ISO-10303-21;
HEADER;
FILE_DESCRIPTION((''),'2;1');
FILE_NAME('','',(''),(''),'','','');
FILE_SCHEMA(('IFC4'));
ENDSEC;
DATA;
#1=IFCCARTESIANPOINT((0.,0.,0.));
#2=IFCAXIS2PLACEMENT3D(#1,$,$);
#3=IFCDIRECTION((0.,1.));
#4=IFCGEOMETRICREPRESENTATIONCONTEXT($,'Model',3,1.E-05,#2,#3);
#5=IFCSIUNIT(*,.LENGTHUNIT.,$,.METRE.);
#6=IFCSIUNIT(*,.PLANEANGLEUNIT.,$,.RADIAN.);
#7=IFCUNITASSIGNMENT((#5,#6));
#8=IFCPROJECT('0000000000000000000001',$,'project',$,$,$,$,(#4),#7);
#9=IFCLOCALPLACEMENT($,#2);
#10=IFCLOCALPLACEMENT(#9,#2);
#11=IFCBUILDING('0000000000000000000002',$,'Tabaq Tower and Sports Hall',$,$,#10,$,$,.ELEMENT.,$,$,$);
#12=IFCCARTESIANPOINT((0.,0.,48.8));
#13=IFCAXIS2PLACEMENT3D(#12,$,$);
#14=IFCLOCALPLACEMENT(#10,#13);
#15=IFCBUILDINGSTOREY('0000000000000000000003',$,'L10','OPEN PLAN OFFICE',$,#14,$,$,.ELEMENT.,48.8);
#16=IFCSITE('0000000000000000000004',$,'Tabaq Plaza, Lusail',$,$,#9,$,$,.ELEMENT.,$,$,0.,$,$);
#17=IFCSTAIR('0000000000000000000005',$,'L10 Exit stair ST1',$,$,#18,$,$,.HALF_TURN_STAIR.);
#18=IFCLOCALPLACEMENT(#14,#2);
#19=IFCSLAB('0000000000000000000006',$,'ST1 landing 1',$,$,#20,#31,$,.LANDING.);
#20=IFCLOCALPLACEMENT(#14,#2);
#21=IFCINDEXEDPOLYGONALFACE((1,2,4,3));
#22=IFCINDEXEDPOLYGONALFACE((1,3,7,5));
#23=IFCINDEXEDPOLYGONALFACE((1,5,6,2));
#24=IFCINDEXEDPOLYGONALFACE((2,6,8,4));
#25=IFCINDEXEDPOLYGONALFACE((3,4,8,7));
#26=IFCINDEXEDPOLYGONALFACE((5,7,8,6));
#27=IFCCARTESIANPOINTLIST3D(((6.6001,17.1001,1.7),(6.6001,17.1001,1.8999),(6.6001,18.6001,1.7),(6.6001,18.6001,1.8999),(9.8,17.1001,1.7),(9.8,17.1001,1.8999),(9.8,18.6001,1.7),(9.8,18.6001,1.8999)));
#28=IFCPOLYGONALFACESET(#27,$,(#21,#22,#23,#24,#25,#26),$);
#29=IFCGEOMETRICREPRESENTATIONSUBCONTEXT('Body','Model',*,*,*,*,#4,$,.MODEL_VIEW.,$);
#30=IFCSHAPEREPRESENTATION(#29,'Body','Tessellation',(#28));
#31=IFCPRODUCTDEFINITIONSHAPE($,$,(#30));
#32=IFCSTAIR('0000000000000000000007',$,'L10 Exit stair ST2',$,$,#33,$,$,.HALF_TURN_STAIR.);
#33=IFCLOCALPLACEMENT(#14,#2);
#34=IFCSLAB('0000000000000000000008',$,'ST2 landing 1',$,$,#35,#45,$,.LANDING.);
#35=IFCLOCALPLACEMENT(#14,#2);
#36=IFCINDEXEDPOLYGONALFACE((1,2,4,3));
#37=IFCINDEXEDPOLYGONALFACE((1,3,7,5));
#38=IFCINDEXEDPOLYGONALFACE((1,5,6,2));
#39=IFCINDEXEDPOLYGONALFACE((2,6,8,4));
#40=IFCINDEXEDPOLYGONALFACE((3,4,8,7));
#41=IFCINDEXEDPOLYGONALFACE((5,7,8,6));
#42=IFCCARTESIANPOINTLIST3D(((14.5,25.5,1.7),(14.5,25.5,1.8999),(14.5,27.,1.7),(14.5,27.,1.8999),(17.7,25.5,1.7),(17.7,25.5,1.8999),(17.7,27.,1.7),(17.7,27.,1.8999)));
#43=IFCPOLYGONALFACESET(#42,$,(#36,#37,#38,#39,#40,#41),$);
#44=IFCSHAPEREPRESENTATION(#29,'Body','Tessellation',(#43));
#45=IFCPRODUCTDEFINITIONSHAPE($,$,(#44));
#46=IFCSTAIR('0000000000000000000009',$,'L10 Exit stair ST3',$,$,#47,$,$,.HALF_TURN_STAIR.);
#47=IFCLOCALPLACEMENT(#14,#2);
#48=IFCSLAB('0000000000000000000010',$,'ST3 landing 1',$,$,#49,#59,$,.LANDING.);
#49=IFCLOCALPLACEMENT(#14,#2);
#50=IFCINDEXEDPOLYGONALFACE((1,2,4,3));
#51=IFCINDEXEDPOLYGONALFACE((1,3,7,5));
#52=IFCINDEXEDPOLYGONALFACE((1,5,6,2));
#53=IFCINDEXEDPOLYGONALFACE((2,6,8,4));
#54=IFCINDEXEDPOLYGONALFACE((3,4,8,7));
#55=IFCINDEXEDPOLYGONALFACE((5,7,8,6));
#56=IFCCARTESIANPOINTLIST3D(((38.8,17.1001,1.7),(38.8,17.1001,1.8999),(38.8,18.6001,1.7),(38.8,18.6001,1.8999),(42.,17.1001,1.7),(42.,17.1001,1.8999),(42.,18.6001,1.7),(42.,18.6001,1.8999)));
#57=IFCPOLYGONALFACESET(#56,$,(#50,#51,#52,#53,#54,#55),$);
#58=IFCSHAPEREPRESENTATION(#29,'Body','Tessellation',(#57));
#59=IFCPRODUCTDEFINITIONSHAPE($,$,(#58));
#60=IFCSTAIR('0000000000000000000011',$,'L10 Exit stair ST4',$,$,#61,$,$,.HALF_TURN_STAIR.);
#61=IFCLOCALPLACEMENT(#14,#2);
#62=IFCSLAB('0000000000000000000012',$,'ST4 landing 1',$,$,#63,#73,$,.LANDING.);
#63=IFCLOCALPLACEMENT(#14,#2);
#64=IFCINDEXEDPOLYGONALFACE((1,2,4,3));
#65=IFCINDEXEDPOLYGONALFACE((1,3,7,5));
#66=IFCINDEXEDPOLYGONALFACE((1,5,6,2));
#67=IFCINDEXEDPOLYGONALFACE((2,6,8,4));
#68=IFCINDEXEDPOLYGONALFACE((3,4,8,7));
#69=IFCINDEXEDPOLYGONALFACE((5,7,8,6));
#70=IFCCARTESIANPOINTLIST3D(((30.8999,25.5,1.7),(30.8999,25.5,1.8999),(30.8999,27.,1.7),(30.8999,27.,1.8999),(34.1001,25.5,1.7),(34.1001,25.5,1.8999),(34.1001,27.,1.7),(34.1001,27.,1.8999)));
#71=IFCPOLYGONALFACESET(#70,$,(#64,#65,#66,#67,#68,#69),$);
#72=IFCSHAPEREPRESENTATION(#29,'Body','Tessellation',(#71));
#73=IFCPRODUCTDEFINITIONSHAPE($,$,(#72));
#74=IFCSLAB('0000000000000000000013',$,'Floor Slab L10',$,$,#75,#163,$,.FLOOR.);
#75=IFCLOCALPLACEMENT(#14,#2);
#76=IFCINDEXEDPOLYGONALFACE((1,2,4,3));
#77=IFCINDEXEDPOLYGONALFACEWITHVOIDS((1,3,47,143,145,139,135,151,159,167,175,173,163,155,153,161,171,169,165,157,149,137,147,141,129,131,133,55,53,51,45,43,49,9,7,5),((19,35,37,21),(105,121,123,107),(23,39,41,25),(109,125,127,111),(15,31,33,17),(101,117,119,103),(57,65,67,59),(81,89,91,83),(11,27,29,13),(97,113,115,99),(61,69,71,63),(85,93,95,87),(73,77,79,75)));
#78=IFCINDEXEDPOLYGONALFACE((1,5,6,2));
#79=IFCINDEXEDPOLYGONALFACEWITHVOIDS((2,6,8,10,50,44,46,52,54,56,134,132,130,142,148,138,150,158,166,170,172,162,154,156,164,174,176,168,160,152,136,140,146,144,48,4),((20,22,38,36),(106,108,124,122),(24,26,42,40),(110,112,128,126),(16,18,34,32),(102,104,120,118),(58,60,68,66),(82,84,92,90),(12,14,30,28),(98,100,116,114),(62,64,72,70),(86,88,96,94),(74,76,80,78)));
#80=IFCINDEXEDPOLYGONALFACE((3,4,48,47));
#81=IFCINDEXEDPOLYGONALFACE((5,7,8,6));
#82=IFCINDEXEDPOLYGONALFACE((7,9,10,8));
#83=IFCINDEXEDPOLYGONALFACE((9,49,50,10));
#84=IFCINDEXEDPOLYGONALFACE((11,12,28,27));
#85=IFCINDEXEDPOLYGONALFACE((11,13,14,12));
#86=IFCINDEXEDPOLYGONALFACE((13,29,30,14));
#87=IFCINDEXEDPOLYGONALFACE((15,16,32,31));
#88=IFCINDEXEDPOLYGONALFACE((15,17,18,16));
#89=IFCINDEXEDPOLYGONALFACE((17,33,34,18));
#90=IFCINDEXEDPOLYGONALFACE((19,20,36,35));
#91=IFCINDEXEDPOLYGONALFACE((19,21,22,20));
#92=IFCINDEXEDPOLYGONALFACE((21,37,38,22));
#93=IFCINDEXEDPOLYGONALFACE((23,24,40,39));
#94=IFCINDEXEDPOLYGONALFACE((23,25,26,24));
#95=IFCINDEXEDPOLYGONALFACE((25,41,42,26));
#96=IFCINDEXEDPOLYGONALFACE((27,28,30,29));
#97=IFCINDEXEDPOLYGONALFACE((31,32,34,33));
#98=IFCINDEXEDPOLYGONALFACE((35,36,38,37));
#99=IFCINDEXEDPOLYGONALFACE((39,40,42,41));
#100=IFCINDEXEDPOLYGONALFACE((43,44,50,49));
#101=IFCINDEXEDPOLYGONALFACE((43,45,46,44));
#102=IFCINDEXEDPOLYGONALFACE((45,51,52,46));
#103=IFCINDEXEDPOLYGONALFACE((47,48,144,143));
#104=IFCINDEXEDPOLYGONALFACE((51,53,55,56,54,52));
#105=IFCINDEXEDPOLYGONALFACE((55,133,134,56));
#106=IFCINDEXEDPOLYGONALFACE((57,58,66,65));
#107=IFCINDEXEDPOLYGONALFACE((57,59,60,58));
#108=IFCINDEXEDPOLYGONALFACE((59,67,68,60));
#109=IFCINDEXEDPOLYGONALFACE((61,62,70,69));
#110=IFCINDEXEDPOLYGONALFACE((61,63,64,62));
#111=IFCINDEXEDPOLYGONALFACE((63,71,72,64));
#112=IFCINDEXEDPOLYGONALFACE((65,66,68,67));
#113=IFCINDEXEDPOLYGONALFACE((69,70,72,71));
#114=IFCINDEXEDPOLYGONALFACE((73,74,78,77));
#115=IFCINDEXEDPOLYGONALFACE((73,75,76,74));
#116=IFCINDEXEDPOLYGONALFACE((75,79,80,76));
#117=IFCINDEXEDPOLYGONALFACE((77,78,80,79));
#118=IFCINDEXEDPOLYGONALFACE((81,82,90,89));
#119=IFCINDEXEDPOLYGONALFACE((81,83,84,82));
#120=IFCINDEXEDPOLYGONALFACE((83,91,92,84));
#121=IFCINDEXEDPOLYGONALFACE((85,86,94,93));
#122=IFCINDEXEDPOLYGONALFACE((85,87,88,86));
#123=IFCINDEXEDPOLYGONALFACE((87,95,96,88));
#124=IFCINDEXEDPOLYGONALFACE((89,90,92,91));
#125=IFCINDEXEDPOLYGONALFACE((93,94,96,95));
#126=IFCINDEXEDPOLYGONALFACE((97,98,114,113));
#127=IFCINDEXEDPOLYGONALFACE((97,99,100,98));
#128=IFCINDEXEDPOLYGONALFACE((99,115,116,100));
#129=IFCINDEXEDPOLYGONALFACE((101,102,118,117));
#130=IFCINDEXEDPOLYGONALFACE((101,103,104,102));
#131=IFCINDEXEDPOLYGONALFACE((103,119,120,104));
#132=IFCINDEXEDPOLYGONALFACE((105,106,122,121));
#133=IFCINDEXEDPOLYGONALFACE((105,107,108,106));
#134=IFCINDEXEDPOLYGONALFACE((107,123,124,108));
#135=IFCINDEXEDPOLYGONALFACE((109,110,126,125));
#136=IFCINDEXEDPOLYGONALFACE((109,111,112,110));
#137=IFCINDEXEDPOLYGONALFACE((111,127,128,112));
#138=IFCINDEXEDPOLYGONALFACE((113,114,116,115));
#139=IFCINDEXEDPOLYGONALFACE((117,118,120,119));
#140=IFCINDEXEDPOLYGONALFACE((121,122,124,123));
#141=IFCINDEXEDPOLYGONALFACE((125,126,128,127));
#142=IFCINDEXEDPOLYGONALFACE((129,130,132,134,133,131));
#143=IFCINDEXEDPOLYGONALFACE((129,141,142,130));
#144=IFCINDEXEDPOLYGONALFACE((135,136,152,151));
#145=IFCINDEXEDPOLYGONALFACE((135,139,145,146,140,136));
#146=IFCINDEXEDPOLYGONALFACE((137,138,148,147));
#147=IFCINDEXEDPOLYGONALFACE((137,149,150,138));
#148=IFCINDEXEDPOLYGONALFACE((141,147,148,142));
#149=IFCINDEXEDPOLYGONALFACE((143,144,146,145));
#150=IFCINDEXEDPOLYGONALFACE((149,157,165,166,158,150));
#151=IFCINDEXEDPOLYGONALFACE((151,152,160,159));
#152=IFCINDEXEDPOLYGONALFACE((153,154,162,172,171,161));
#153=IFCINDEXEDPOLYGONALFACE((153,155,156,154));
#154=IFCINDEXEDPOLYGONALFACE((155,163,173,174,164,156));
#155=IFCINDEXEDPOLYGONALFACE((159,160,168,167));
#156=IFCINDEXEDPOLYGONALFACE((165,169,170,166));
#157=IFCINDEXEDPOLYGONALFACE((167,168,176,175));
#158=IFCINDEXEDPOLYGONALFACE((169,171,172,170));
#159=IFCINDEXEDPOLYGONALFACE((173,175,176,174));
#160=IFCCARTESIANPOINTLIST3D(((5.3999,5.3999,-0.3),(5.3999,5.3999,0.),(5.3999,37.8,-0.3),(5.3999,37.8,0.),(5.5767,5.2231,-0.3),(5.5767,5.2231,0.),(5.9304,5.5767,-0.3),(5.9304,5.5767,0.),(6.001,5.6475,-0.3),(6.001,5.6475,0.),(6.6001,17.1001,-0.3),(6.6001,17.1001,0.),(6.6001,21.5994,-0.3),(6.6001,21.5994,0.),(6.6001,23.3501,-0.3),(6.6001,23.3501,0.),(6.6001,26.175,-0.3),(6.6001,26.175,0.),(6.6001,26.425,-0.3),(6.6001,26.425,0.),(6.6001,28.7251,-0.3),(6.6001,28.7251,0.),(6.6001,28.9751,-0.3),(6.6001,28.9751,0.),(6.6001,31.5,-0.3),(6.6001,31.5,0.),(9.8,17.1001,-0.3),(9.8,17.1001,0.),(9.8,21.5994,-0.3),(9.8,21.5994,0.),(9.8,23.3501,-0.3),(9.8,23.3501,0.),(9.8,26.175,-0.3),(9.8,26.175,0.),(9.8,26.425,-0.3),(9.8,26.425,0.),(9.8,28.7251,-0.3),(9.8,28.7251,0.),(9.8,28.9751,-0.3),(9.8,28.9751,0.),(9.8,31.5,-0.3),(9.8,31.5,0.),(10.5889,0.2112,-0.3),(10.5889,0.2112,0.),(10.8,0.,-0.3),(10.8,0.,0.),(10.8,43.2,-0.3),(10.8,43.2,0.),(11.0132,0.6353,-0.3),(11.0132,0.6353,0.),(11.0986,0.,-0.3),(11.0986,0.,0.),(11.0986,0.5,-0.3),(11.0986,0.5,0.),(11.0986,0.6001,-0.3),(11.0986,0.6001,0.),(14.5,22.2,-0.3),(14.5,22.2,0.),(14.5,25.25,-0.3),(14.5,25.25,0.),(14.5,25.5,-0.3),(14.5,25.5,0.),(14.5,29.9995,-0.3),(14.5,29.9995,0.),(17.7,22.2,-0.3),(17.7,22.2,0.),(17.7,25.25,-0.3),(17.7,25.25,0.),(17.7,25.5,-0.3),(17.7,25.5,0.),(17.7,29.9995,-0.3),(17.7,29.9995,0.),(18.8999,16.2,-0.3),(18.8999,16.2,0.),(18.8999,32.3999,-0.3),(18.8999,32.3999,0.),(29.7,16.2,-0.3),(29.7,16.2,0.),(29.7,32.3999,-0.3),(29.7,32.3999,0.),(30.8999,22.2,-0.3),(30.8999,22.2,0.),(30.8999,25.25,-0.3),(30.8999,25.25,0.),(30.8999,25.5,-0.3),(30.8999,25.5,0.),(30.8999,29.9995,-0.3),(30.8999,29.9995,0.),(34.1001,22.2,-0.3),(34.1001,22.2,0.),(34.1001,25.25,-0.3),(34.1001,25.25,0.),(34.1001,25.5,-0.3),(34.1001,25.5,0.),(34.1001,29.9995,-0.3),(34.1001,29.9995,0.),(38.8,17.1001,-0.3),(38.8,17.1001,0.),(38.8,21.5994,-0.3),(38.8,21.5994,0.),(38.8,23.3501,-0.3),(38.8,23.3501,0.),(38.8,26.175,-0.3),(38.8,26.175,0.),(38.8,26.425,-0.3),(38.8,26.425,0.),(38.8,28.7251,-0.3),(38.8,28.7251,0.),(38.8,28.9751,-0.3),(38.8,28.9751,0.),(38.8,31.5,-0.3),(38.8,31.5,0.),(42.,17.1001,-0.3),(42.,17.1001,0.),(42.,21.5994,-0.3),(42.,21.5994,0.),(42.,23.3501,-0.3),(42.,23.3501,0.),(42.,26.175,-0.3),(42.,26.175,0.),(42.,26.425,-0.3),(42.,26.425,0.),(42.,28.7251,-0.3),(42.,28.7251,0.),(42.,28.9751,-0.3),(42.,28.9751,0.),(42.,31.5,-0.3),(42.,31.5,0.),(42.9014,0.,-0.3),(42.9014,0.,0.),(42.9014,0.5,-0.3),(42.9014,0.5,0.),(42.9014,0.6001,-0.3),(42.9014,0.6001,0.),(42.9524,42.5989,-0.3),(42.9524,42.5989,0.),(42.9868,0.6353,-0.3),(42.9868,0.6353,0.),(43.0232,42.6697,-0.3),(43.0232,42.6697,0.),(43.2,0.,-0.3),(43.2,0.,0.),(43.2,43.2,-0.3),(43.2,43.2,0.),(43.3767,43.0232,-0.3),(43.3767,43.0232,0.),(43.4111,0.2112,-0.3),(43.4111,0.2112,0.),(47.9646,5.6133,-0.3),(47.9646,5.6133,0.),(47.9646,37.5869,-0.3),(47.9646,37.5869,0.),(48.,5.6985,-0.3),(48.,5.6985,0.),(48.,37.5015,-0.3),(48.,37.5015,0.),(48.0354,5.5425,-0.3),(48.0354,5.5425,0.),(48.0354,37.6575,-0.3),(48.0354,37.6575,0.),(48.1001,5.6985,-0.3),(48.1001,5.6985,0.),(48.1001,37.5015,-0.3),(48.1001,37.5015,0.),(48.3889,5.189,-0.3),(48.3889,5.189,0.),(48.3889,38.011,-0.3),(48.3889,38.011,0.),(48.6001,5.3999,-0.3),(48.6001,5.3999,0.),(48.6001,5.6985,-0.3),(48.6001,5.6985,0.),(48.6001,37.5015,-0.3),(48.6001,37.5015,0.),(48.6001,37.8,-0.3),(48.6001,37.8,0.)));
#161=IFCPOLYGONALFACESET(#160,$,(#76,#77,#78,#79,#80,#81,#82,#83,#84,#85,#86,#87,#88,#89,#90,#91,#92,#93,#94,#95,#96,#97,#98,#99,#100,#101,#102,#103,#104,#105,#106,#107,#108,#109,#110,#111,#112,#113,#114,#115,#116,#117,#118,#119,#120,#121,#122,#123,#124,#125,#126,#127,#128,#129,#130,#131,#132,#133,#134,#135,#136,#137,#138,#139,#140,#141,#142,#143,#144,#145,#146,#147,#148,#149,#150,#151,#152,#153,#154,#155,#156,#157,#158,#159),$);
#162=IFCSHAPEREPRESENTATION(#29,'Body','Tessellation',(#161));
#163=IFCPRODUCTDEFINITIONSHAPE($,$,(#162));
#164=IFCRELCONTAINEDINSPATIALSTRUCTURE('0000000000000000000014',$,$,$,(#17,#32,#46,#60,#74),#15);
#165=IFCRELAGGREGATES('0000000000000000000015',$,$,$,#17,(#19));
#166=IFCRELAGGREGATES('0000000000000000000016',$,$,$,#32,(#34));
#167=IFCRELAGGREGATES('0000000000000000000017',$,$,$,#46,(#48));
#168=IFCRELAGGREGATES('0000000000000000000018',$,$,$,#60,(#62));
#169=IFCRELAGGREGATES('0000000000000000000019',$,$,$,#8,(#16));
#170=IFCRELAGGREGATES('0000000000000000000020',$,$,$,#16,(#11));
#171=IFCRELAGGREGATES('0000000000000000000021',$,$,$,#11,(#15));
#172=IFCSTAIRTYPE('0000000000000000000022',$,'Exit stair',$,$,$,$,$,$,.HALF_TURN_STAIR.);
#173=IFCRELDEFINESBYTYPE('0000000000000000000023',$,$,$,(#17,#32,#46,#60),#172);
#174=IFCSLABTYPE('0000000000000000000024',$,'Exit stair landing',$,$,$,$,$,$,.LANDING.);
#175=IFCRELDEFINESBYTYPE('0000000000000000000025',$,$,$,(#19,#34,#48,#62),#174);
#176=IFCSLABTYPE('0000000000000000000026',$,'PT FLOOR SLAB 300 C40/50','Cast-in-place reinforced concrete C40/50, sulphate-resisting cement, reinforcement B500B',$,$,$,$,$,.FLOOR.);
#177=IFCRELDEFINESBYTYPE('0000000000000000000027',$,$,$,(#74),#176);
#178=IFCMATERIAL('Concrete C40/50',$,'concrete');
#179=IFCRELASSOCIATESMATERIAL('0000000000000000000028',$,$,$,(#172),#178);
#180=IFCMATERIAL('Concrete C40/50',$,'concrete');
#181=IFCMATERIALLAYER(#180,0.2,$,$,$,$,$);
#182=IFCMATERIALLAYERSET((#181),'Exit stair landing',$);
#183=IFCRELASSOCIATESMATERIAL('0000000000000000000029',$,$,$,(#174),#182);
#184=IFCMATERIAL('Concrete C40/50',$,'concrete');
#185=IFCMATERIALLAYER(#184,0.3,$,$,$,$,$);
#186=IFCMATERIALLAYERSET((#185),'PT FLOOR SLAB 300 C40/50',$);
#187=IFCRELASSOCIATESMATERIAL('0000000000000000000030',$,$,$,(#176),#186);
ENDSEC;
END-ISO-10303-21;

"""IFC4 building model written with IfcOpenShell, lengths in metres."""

from ifc_helpers import new_model, si_unit, direction, frame, origin, place, context, subcontext, project, spatial, polyline, outline, extrude, material, layer, layer_set, type_object, element, aggregate, save


model = new_model("IFC4")

# Units and contexts
model_context = context("Model", 3, precision=1e-05, world=origin(), true_north=direction((0.0, 1.0)))
body_context = subcontext(model_context, "Body", "Model", "MODEL_VIEW")
ifc_project = project(units=[si_unit("LENGTHUNIT", "METRE"), si_unit("PLANEANGLEUNIT", "RADIAN")], contexts=[model_context])

# Site, building, storey
site_placement = place(None, origin())
site = spatial("IfcSite", under=ifc_project, at=site_placement, Name="Tabaq Plaza, Lusail", CompositionType="ELEMENT", RefElevation=0.0)
building_placement = place(site_placement, origin())
building = spatial("IfcBuilding", under=site, at=building_placement, Name="Tabaq Tower and Sports Hall", CompositionType="ELEMENT")
storey_placement = place(building_placement, frame((0.0, 0.0, 48.8)))
storey = spatial("IfcBuildingStorey", under=building, at=storey_placement, Name="L10", Description="OPEN PLAN OFFICE", CompositionType="ELEMENT", Elevation=48.8)

# Stairs, slabs
ifc_material_1 = material(Name="Concrete C40/50", Category="concrete")
stair_type = type_object("IfcStairType", Name="Exit stair", PredefinedType="HALF_TURN_STAIR", material=ifc_material_1)
stair_1_placement = place(storey_placement, origin())
stair_1 = element("IfcStair", 1, at=stair_1_placement, inside=storey, type_object=stair_type, Name="L10 Exit stair ST1", PredefinedType="HALF_TURN_STAIR")
ifc_material_2 = material(Name="Concrete C40/50", Category="concrete")
ifc_layer_1 = layer(ifc_material_2, 0.2)
ifc_layer_set_1 = layer_set([ifc_layer_1], Name="Exit stair landing")
slab_type_1 = type_object("IfcSlabType", Name="Exit stair landing", PredefinedType="LANDING", material=ifc_layer_set_1)
slab_1_placement = place(storey_placement, frame((0.0, 0.0, 1.7)))
slab_1 = element("IfcSlab", 2, at=slab_1_placement, type_object=slab_type_1, Name="ST1 landing 1", PredefinedType="LANDING", context=body_context, shape_type="SweptSolid", body=[
    extrude(outline(polyline([(6.6001, 18.6001), (6.6001, 17.1001), (9.8, 17.1001), (9.8, 18.6001), (6.6001, 18.6001)])), origin(), (0.0, 0.0, 1.0), 0.2),
])
aggregate(stair_1, [slab_1])
stair_2_placement = place(storey_placement, origin())
stair_2 = element("IfcStair", 3, at=stair_2_placement, inside=storey, type_object=stair_type, Name="L10 Exit stair ST2", PredefinedType="HALF_TURN_STAIR")
slab_2_placement = place(storey_placement, frame((0.0, 0.0, 1.7)))
slab_2 = element("IfcSlab", 4, at=slab_2_placement, type_object=slab_type_1, Name="ST2 landing 1", PredefinedType="LANDING", context=body_context, shape_type="SweptSolid", body=[
    extrude(outline(polyline([(14.5, 27.0), (14.5, 25.5), (17.7, 25.5), (17.7, 27.0), (14.5, 27.0)])), origin(), (0.0, 0.0, 1.0), 0.2),
])
aggregate(stair_2, [slab_2])
stair_3_placement = place(storey_placement, origin())
stair_3 = element("IfcStair", 5, at=stair_3_placement, inside=storey, type_object=stair_type, Name="L10 Exit stair ST3", PredefinedType="HALF_TURN_STAIR")
slab_3_placement = place(storey_placement, frame((0.0, 0.0, 1.7)))
slab_3 = element("IfcSlab", 6, at=slab_3_placement, type_object=slab_type_1, Name="ST3 landing 1", PredefinedType="LANDING", context=body_context, shape_type="SweptSolid", body=[
    extrude(outline(polyline([(38.8, 18.6001), (38.8, 17.1001), (42.0, 17.1001), (42.0, 18.6001), (38.8, 18.6001)])), origin(), (0.0, 0.0, 1.0), 0.2),
])
aggregate(stair_3, [slab_3])
stair_4_placement = place(storey_placement, origin())
stair_4 = element("IfcStair", 7, at=stair_4_placement, inside=storey, type_object=stair_type, Name="L10 Exit stair ST4", PredefinedType="HALF_TURN_STAIR")
slab_4_placement = place(storey_placement, frame((0.0, 0.0, 1.7)))
slab_4 = element("IfcSlab", 8, at=slab_4_placement, type_object=slab_type_1, Name="ST4 landing 1", PredefinedType="LANDING", context=body_context, shape_type="SweptSolid", body=[
    extrude(outline(polyline([(30.8999, 27.0), (30.8999, 25.5), (34.1001, 25.5), (34.1001, 27.0), (30.8999, 27.0)])), origin(), (0.0, 0.0, 1.0), 0.2),
])
aggregate(stair_4, [slab_4])

# Slab
ifc_material_3 = material(Name="Concrete C40/50", Category="concrete")
ifc_layer_2 = layer(ifc_material_3, 0.3)
ifc_layer_set_2 = layer_set([ifc_layer_2], Name="PT FLOOR SLAB 300 C40/50")
slab_type_2 = type_object("IfcSlabType", Name="PT FLOOR SLAB 300 C40/50", Description="Cast-in-place reinforced concrete C40/50, sulphate-resisting cement, reinforcement B500B", PredefinedType="FLOOR", material=ifc_layer_set_2)
slab_5_placement = place(storey_placement, frame((0.0, 0.0, -0.3)))
element("IfcSlab", 9, at=slab_5_placement, inside=storey, type_object=slab_type_2, Name="Floor Slab L10", PredefinedType="FLOOR", context=body_context, shape_type="SweptSolid", body=[
    extrude(outline(polyline([(5.3999, 37.8), (5.3999, 5.3999), (5.5767, 5.2231), (5.9304, 5.5767), (6.001, 5.6475), (11.0132, 0.6353), (10.5889, 0.2112), (10.8, 0.0), (11.0986, 0.0), (11.0986, 0.5), (11.0986, 0.6001), (42.9014, 0.6001), (42.9014, 0.5), (42.9014, 0.0), (43.2, 0.0), (43.4111, 0.2112), (42.9868, 0.6353), (47.9646, 5.6133), (48.0354, 5.5425), (48.3889, 5.189), (48.6001, 5.3999), (48.6001, 5.6985), (48.1001, 5.6985), (48.0, 5.6985), (48.0, 37.5015), (48.1001, 37.5015), (48.6001, 37.5015), (48.6001, 37.8), (48.3889, 38.011), (48.0354, 37.6575), (47.9646, 37.5869), (42.9524, 42.5989), (43.0232, 42.6697), (43.3767, 43.0232), (43.2, 43.2), (10.8, 43.2), (5.3999, 37.8)]), holes=[polyline([(6.6001, 21.5994), (9.8, 21.5994), (9.8, 17.1001), (6.6001, 17.1001), (6.6001, 21.5994)]), polyline([(17.7, 25.25), (17.7, 22.2), (14.5, 22.2), (14.5, 25.25), (17.7, 25.25)]), polyline([(18.8999, 32.3999), (29.7, 32.3999), (29.7, 16.2), (18.8999, 16.2), (18.8999, 32.3999)]), polyline([(6.6001, 26.175), (9.8, 26.175), (9.8, 23.3501), (6.6001, 23.3501), (6.6001, 26.175)]), polyline([(9.8, 28.7251), (9.8, 26.425), (6.6001, 26.425), (6.6001, 28.7251), (9.8, 28.7251)]), polyline([(17.7, 29.9995), (17.7, 25.5), (14.5, 25.5), (14.5, 29.9995), (17.7, 29.9995)]), polyline([(6.6001, 31.5), (9.8, 31.5), (9.8, 28.9751), (6.6001, 28.9751), (6.6001, 31.5)]), polyline([(42.0, 21.5994), (42.0, 17.1001), (38.8, 17.1001), (38.8, 21.5994), (42.0, 21.5994)]), polyline([(34.1001, 25.25), (34.1001, 22.2), (30.8999, 22.2), (30.8999, 25.25), (34.1001, 25.25)]), polyline([(42.0, 26.175), (42.0, 23.3501), (38.8, 23.3501), (38.8, 26.175), (42.0, 26.175)]), polyline([(42.0, 28.7251), (42.0, 26.425), (38.8, 26.425), (38.8, 28.7251), (42.0, 28.7251)]), polyline([(34.1001, 29.9995), (34.1001, 25.5), (30.8999, 25.5), (30.8999, 29.9995), (34.1001, 29.9995)]), polyline([(42.0, 31.5), (42.0, 28.9751), (38.8, 28.9751), (38.8, 31.5), (42.0, 31.5)])]), origin(), (0.0, 0.0, 1.0), 0.3),
])

save(model, "model.ifc")
